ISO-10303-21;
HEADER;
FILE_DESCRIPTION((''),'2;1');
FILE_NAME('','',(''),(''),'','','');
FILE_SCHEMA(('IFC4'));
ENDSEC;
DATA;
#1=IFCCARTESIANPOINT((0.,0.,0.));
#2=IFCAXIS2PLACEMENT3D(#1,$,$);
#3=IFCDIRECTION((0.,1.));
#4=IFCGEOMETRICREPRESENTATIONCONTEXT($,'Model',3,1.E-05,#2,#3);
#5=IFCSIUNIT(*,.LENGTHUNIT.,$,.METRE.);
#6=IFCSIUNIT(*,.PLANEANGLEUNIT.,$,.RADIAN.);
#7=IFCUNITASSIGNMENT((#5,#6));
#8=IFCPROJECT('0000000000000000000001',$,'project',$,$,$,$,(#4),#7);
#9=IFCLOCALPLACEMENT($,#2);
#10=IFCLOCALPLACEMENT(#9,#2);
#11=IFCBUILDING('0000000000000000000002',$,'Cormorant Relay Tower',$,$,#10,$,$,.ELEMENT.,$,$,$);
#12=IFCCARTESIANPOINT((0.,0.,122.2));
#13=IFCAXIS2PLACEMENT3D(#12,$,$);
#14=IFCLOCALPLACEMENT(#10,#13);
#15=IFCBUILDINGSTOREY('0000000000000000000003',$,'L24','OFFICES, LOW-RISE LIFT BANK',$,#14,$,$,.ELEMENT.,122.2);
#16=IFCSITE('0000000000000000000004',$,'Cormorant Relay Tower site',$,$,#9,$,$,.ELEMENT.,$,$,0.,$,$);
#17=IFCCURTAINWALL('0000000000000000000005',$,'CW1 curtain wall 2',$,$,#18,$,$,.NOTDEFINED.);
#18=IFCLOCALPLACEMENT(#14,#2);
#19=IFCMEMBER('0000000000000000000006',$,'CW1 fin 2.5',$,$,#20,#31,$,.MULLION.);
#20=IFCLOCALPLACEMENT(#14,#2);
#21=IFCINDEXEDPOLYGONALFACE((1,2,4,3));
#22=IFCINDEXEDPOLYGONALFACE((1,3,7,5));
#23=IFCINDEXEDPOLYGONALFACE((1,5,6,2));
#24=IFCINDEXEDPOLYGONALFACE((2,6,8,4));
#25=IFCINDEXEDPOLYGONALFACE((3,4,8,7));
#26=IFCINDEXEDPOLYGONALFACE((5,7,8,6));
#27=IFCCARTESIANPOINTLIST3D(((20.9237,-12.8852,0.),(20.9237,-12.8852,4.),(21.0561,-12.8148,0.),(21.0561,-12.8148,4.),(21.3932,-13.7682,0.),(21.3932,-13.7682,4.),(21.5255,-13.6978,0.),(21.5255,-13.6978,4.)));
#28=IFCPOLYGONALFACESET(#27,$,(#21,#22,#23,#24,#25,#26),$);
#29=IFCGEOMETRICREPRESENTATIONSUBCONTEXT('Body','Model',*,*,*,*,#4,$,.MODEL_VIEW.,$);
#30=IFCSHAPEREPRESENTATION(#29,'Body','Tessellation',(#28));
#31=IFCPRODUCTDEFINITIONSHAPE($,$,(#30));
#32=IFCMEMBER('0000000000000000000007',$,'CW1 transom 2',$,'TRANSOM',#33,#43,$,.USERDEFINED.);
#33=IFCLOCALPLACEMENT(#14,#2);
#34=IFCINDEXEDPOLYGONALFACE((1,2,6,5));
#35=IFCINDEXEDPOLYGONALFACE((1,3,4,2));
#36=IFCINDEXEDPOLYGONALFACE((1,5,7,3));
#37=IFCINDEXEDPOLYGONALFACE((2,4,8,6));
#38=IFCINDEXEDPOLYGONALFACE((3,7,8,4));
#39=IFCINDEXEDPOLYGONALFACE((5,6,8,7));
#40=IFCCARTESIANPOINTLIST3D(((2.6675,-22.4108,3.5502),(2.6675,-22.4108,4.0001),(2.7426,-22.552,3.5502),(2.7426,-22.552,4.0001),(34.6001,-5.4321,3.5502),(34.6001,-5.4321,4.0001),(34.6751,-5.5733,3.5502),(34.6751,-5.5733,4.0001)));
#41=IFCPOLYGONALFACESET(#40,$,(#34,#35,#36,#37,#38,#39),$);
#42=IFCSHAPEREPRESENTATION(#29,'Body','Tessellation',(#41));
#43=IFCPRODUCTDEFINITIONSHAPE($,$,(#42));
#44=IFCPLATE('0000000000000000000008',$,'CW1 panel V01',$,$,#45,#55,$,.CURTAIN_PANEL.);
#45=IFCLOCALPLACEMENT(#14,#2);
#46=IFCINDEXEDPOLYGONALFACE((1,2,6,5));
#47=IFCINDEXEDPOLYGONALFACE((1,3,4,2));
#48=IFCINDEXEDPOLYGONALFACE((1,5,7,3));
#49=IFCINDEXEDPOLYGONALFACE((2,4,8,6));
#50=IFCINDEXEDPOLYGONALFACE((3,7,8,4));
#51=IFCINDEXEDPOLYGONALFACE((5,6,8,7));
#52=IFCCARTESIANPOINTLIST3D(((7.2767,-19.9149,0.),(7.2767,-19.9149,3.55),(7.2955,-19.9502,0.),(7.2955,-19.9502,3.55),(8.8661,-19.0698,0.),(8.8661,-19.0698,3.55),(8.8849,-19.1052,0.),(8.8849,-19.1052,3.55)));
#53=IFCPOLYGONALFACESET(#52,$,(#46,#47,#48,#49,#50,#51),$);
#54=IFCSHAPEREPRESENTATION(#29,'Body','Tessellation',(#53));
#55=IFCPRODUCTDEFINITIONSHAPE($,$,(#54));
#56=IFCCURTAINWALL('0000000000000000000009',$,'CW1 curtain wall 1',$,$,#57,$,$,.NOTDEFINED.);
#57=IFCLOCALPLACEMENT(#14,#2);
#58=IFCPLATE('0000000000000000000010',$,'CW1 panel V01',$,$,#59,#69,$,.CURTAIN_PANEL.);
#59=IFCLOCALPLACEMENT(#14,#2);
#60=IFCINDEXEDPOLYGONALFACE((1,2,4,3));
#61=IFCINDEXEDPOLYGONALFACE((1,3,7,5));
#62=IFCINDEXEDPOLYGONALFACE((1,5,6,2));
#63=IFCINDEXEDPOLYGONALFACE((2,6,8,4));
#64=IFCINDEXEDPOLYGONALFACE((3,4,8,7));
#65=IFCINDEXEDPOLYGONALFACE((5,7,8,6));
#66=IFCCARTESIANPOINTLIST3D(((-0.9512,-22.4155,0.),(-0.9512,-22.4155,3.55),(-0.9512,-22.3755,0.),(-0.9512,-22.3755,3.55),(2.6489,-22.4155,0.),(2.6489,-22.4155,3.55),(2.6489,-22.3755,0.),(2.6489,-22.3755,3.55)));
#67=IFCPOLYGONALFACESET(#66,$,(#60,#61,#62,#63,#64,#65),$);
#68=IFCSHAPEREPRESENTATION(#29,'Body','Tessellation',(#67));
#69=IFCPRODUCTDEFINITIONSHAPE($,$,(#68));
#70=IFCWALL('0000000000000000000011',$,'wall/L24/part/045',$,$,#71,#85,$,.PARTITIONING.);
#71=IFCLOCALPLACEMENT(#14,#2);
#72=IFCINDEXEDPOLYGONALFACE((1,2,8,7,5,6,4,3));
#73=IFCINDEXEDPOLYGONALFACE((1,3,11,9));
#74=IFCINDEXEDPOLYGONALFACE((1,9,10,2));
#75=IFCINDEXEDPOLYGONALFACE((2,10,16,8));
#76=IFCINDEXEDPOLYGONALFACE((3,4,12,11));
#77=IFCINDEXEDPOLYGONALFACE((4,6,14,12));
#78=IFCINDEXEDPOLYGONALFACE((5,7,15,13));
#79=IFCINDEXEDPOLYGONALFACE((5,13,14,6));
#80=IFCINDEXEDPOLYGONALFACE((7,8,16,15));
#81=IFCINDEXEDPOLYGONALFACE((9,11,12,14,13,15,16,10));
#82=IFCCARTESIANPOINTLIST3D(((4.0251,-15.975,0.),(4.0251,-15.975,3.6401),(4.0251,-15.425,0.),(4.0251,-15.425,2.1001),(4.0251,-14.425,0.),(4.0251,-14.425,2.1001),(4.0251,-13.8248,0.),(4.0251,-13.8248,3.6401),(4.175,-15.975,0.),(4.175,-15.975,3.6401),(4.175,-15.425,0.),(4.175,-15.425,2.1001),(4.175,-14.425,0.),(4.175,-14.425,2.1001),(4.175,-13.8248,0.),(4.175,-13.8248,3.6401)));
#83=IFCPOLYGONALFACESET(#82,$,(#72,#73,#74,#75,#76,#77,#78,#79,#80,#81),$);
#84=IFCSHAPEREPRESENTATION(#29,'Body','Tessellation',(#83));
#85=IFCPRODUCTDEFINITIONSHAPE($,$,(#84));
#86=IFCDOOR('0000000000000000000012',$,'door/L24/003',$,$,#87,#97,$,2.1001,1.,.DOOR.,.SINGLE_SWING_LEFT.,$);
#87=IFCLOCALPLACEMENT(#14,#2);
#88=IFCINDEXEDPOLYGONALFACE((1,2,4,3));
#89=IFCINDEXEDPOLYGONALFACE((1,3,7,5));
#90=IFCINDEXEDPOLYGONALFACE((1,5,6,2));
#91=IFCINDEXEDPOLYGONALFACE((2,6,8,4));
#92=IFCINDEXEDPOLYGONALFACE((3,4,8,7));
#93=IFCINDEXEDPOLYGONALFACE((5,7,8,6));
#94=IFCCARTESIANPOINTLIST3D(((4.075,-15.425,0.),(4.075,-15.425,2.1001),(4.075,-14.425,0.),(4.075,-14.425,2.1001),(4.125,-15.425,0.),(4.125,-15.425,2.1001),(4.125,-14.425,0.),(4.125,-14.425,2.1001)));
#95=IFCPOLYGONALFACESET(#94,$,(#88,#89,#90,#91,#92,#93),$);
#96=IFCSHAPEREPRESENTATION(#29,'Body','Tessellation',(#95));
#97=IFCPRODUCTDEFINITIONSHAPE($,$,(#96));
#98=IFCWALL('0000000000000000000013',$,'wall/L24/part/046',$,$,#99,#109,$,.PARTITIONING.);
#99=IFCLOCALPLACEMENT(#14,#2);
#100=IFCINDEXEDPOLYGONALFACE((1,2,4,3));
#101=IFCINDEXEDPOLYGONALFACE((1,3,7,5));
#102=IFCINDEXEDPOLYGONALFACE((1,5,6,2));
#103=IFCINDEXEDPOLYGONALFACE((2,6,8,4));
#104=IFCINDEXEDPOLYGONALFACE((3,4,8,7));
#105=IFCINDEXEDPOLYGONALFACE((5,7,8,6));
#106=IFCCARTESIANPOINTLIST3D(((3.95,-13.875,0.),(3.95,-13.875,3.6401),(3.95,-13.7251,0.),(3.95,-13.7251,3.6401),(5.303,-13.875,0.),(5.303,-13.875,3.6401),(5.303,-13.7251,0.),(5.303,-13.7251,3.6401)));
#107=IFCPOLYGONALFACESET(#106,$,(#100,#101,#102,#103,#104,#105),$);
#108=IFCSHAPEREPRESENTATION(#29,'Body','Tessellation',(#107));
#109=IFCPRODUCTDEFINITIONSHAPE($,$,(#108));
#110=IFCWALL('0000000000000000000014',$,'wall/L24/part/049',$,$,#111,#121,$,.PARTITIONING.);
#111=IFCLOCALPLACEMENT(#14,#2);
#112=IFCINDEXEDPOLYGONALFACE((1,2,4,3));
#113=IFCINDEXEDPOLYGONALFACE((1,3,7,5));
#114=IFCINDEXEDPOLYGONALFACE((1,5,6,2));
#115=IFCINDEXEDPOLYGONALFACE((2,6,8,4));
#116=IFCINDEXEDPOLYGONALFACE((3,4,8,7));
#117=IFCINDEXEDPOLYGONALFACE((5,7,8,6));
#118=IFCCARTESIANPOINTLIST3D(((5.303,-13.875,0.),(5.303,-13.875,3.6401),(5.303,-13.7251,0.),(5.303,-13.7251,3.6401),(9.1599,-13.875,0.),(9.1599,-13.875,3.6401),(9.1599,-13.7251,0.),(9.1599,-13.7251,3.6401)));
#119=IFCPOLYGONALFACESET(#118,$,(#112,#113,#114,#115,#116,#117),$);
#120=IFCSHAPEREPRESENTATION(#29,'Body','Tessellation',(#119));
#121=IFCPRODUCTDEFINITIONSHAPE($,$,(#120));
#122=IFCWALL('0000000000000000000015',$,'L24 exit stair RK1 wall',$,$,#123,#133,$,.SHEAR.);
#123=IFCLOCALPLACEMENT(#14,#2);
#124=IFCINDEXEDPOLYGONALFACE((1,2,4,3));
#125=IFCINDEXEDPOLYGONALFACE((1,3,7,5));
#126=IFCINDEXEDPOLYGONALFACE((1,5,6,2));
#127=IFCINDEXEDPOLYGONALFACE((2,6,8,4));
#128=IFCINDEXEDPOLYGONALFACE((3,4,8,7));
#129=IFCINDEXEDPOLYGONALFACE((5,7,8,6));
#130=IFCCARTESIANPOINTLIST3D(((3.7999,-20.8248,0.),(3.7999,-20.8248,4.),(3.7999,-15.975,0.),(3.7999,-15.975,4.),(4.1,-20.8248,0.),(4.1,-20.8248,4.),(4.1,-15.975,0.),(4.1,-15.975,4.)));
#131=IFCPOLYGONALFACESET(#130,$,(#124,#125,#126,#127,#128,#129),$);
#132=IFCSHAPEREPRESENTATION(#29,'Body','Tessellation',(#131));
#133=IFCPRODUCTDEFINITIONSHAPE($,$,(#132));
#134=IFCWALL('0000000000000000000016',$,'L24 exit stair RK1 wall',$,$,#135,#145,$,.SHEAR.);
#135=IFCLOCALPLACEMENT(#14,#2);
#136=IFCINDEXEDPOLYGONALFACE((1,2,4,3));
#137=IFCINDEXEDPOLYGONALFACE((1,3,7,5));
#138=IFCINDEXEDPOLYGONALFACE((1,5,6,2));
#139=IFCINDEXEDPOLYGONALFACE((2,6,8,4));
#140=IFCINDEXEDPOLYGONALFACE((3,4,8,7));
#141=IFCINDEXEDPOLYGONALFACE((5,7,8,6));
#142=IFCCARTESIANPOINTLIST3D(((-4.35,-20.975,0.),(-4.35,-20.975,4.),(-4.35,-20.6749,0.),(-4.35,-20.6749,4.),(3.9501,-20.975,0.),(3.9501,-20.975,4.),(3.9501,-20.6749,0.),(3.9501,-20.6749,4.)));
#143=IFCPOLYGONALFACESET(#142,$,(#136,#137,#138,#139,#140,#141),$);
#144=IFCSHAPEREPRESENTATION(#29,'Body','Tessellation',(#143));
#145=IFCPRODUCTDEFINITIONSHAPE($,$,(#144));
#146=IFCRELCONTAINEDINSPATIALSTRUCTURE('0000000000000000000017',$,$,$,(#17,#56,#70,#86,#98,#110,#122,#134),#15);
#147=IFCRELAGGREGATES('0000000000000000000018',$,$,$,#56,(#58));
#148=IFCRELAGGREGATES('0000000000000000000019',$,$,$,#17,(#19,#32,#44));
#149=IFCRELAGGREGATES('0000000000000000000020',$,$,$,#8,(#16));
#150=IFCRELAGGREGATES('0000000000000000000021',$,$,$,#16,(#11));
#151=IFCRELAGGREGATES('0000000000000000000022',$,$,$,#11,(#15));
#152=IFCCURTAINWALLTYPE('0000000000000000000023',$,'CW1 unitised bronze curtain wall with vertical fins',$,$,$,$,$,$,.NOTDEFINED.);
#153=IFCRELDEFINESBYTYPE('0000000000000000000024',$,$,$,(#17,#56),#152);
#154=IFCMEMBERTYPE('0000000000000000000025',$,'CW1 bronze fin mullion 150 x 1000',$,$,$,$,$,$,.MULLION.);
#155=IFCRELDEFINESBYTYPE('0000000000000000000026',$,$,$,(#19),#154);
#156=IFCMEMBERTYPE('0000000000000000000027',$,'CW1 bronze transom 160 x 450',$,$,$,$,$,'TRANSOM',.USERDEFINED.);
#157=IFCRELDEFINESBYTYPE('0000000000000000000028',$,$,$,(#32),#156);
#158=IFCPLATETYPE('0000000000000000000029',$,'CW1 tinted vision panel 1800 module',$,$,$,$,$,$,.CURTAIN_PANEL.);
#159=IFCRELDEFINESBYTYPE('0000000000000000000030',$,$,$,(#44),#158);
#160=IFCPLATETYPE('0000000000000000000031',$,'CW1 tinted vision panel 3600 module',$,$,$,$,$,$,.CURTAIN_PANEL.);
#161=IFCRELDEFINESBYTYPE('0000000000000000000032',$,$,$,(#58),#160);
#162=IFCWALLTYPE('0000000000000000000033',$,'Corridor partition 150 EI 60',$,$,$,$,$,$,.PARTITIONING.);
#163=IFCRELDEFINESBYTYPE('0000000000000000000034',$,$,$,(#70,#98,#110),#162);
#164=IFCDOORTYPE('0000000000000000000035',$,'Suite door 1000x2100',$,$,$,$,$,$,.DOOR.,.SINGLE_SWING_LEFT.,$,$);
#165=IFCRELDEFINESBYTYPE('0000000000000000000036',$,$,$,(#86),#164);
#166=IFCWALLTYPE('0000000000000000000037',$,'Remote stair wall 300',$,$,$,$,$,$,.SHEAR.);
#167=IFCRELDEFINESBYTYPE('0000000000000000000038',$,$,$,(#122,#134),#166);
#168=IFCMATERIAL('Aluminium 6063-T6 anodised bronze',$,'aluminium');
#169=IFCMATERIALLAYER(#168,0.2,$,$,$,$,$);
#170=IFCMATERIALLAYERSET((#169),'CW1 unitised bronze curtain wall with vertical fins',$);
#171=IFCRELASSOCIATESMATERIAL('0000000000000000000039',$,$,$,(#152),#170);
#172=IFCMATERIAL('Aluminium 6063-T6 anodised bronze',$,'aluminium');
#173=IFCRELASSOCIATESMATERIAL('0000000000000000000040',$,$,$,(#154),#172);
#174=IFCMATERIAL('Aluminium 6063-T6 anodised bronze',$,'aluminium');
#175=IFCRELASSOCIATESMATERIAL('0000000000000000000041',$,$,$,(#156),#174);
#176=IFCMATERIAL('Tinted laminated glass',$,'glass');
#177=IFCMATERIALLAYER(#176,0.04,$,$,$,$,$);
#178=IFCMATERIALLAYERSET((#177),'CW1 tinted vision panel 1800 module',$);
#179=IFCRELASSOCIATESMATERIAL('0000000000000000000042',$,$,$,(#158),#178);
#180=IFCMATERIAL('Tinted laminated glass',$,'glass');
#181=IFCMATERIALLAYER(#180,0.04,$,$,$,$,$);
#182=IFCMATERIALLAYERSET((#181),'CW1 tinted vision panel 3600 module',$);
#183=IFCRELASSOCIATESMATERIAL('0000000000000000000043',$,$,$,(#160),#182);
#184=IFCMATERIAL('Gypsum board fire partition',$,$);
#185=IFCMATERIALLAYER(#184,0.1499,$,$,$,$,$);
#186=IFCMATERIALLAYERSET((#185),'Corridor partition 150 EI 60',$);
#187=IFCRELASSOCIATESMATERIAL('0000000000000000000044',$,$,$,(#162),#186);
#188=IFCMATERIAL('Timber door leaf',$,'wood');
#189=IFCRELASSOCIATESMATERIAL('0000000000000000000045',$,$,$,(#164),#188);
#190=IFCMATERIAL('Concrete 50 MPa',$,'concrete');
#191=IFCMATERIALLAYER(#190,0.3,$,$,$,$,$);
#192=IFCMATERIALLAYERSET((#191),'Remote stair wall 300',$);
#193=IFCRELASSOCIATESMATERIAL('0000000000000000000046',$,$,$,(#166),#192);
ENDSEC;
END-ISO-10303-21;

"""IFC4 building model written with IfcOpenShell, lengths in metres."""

from ifc_helpers import new_model, si_unit, direction, frame, frame_2d, origin, origin_2d, place, context, subcontext, project, spatial, rectangle, extrude, material, layer, layer_set, material_profile, profile_set, type_object, element, fill, aggregate, save


model = new_model("IFC4")

# Units and contexts
model_context = context("Model", 3, precision=1e-05, world=origin(), true_north=direction((0.0, 1.0)))
body_context = subcontext(model_context, "Body", "Model", "MODEL_VIEW")
ifc_project = project(units=[si_unit("LENGTHUNIT", "METRE"), si_unit("PLANEANGLEUNIT", "RADIAN")], contexts=[model_context])

# Site, building, storey
site_placement = place(None, origin())
site = spatial("IfcSite", under=ifc_project, at=site_placement, Name="Cormorant Relay Tower site", CompositionType="ELEMENT", RefElevation=0.0)
building_placement = place(site_placement, origin())
building = spatial("IfcBuilding", under=site, at=building_placement, Name="Cormorant Relay Tower", CompositionType="ELEMENT")
storey_placement = place(building_placement, frame((0.0, 0.0, 122.2)))
storey = spatial("IfcBuildingStorey", under=building, at=storey_placement, Name="L24", Description="OFFICES, LOW-RISE LIFT BANK", CompositionType="ELEMENT", Elevation=122.2)

# Curtain wall, members, plate
ifc_material_1 = material(Name="Aluminium 6063-T6 anodised bronze", Category="aluminium")
ifc_layer_1 = layer(ifc_material_1, 0.2)
ifc_layer_set_1 = layer_set([ifc_layer_1], Name="CW1 unitised bronze curtain wall with vertical fins")
curtain_wall_type = type_object("IfcCurtainWallType", Name="CW1 unitised bronze curtain wall with vertical fins", PredefinedType="NOTDEFINED", material=ifc_layer_set_1)
curtain_wall_1_placement = place(storey_placement, origin())
curtain_wall_1 = element("IfcCurtainWall", 1, at=curtain_wall_1_placement, inside=storey, type_object=curtain_wall_type, Name="CW1 curtain wall 2", PredefinedType="NOTDEFINED")
ifc_material_2 = material(Name="Aluminium 6063-T6 anodised bronze", Category="aluminium")
ifc_material_profile_1 = material_profile(ifc_material_2, rectangle(XDim=0.1499, YDim=1.0, at=origin_2d()), Name="AL 150x1000")
ifc_profile_set_1 = profile_set([ifc_material_profile_1], Name="Aluminium 6063-T6 anodised bronze")
member_type_1 = type_object("IfcMemberType", Name="CW1 bronze fin mullion 150 x 1000", PredefinedType="MULLION", material=ifc_profile_set_1)
member_1_placement = place(storey_placement, frame((21.2246, -13.2915, 0.0), z_axis=(0.0, 0.0, 1.0), x_axis=(0.882948, 0.469472, 0.0)))
member_1 = element("IfcMember", 2, at=member_1_placement, type_object=member_type_1, Name="CW1 fin 2.5", PredefinedType="MULLION", context=body_context, shape_type="SweptSolid", body=[
    extrude(rectangle(XDim=0.1499, YDim=1.0, at=origin_2d()), origin(), (0.0, 0.0, 1.0), 4.0),
])
ifc_material_3 = material(Name="Aluminium 6063-T6 anodised bronze", Category="aluminium")
ifc_material_profile_2 = material_profile(ifc_material_3, rectangle(XDim=0.1599, YDim=0.45, at=origin_2d()), Name="AL 160x450")
ifc_profile_set_2 = profile_set([ifc_material_profile_2], Name="Aluminium 6063-T6 anodised bronze")
member_type_2 = type_object("IfcMemberType", Name="CW1 bronze transom 160 x 450", ElementType="TRANSOM", PredefinedType="USERDEFINED", material=ifc_profile_set_2)
member_2_placement = place(storey_placement, frame((2.7051, -22.4814, 3.7751), z_axis=(0.882949, 0.469469, 0.0), x_axis=(-0.469469, 0.882949, 0.0)))
member_2 = element("IfcMember", 3, at=member_2_placement, type_object=member_type_2, Name="CW1 transom 2", ObjectType="TRANSOM", PredefinedType="USERDEFINED", context=body_context, shape_type="SweptSolid", body=[
    extrude(rectangle(XDim=0.1599, YDim=0.45, at=origin_2d()), origin(), (0.0, 0.0, 1.0), 36.1658),
])
ifc_material_4 = material(Name="Tinted laminated glass", Category="glass")
ifc_layer_2 = layer(ifc_material_4, 0.04)
ifc_layer_set_2 = layer_set([ifc_layer_2], Name="CW1 tinted vision panel 1800 module")
plate_type_1 = type_object("IfcPlateType", Name="CW1 tinted vision panel 1800 module", PredefinedType="CURTAIN_PANEL", material=ifc_layer_set_2)
plate_1_placement = place(storey_placement, frame((8.0808, -19.51, 0.0), z_axis=(0.0, 0.0, 1.0), x_axis=(0.882948, 0.469472, 0.0)))
plate_1 = element("IfcPlate", 4, at=plate_1_placement, type_object=plate_type_1, Name="CW1 panel V01", PredefinedType="CURTAIN_PANEL", context=body_context, shape_type="SweptSolid", body=[
    extrude(rectangle(XDim=1.8, YDim=0.04, at=origin_2d()), origin(), (0.0, 0.0, 1.0), 3.55),
])

# Curtain wall, plate
curtain_wall_2_placement = place(storey_placement, origin())
curtain_wall_2 = element("IfcCurtainWall", 5, at=curtain_wall_2_placement, inside=storey, type_object=curtain_wall_type, Name="CW1 curtain wall 1", PredefinedType="NOTDEFINED")
ifc_material_5 = material(Name="Tinted laminated glass", Category="glass")
ifc_layer_3 = layer(ifc_material_5, 0.04)
ifc_layer_set_3 = layer_set([ifc_layer_3], Name="CW1 tinted vision panel 3600 module")
plate_type_2 = type_object("IfcPlateType", Name="CW1 tinted vision panel 3600 module", PredefinedType="CURTAIN_PANEL", material=ifc_layer_set_3)
plate_2_placement = place(storey_placement, frame((0.8489, -22.3955, 0.0), z_axis=(0.0, 0.0, 1.0), x_axis=(1.0, 0.0, 0.0)))
plate_2 = element("IfcPlate", 6, at=plate_2_placement, type_object=plate_type_2, Name="CW1 panel V01", PredefinedType="CURTAIN_PANEL", context=body_context, shape_type="SweptSolid", body=[
    extrude(rectangle(XDim=3.6001, YDim=0.04, at=origin_2d()), origin(), (0.0, 0.0, 1.0), 3.55),
])
aggregate(curtain_wall_2, [plate_2])

# Wall, opening, door
ifc_material_6 = material(Name="Gypsum board fire partition")
ifc_layer_4 = layer(ifc_material_6, 0.1499)
ifc_layer_set_4 = layer_set([ifc_layer_4], Name="Corridor partition 150 EI 60")
wall_type_1 = type_object("IfcWallType", Name="Corridor partition 150 EI 60", PredefinedType="PARTITIONING", material=ifc_layer_set_4)
wall_1_placement = place(storey_placement, frame((4.1001, -15.9751, 0.0), z_axis=(0.0, 0.0, 1.0), x_axis=(0.0, 1.0, 0.0)))
wall_1 = element("IfcWall", 7, at=wall_1_placement, inside=storey, type_object=wall_type_1, Name="wall/L24/part/045", PredefinedType="PARTITIONING", context=body_context, shape_type="SweptSolid", body=[
    extrude(rectangle(XDim=2.1501, YDim=0.1499, at=frame_2d((1.0752, 0.0))), origin(), (0.0, 0.0, 1.0), 3.6401),
])
opening_placement = place(wall_1_placement, frame((0.55, 0.0, 0.0)))
opening = element("IfcOpeningElement", 8, at=opening_placement, cuts=wall_1, PredefinedType="OPENING", context=body_context, shape_type="SweptSolid", body=[
    extrude(rectangle(XDim=1.0, YDim=2.1001, at=frame_2d((0.5, 1.05))), frame((0.0, 0.085, 0.0), z_axis=(0.0, -1.0, 0.0), x_axis=(1.0, 0.0, 0.0)), (0.0, 0.0, 1.0), 0.1699),
])
ifc_material_7 = material(Name="Timber door leaf", Category="wood")
door_type = type_object("IfcDoorType", Name="Suite door 1000x2100", OperationType="SINGLE_SWING_LEFT", PredefinedType="DOOR", material=ifc_material_7)
door_placement = place(opening_placement, frame((1.0, 0.0, 0.0), z_axis=(0.0, 0.0, 1.0), x_axis=(-1.0, 0.0, 0.0)))
door = element("IfcDoor", 9, at=door_placement, inside=storey, type_object=door_type, Name="door/L24/003", OperationType="SINGLE_SWING_LEFT", OverallHeight=2.1001, OverallWidth=1.0, PredefinedType="DOOR", context=body_context, shape_type="SweptSolid", body=[
    extrude(rectangle(XDim=1.0, YDim=2.1001, at=frame_2d((0.5, 1.05))), frame((0.0, 0.0249, 0.0), z_axis=(0.0, -1.0, 0.0), x_axis=(1.0, 0.0, 0.0)), (0.0, 0.0, 1.0), 0.05),
])
fill(opening, door)

# Walls
wall_2_placement = place(storey_placement, frame((5.303, -13.8, 0.0), z_axis=(0.0, 0.0, 1.0), x_axis=(-1.0, 0.0, 0.0)))
element("IfcWall", 10, at=wall_2_placement, inside=storey, type_object=wall_type_1, Name="wall/L24/part/046", PredefinedType="PARTITIONING", context=body_context, shape_type="SweptSolid", body=[
    extrude(rectangle(XDim=1.353, YDim=0.1499, at=frame_2d((0.6765, 0.0))), origin(), (0.0, 0.0, 1.0), 3.6401),
])
wall_3_placement = place(storey_placement, frame((9.1599, -13.8, 0.0), z_axis=(0.0, 0.0, 1.0), x_axis=(-1.0, 0.0, 0.0)))
element("IfcWall", 11, at=wall_3_placement, inside=storey, type_object=wall_type_1, Name="wall/L24/part/049", PredefinedType="PARTITIONING", context=body_context, shape_type="SweptSolid", body=[
    extrude(rectangle(XDim=3.8569, YDim=0.1499, at=frame_2d((1.9285, 0.0))), origin(), (0.0, 0.0, 1.0), 3.6401),
])
ifc_material_8 = material(Name="Concrete 50 MPa", Category="concrete")
ifc_layer_5 = layer(ifc_material_8, 0.3)
ifc_layer_set_5 = layer_set([ifc_layer_5], Name="Remote stair wall 300")
wall_type_2 = type_object("IfcWallType", Name="Remote stair wall 300", PredefinedType="SHEAR", material=ifc_layer_set_5)
wall_4_placement = place(storey_placement, frame((3.95, -15.9751, 0.0), z_axis=(0.0, 0.0, 1.0), x_axis=(0.0, -1.0, 0.0)))
element("IfcWall", 12, at=wall_4_placement, inside=storey, type_object=wall_type_2, Name="L24 exit stair RK1 wall", PredefinedType="SHEAR", context=body_context, shape_type="SweptSolid", body=[
    extrude(rectangle(XDim=4.8499, YDim=0.3, at=frame_2d((2.4248, 0.0))), origin(), (0.0, 0.0, 1.0), 4.0),
])
wall_5_placement = place(storey_placement, frame((3.95, -20.825, 0.0), z_axis=(0.0, 0.0, 1.0), x_axis=(-1.0, 0.0, 0.0)))
element("IfcWall", 13, at=wall_5_placement, inside=storey, type_object=wall_type_2, Name="L24 exit stair RK1 wall", PredefinedType="SHEAR", context=body_context, shape_type="SweptSolid", body=[
    extrude(rectangle(XDim=8.3, YDim=0.3, at=frame_2d((4.1499, 0.0))), origin(), (0.0, 0.0, 1.0), 4.0),
])

aggregate(curtain_wall_1, [member_1, member_2, plate_1])

save(model, "model.ifc")
